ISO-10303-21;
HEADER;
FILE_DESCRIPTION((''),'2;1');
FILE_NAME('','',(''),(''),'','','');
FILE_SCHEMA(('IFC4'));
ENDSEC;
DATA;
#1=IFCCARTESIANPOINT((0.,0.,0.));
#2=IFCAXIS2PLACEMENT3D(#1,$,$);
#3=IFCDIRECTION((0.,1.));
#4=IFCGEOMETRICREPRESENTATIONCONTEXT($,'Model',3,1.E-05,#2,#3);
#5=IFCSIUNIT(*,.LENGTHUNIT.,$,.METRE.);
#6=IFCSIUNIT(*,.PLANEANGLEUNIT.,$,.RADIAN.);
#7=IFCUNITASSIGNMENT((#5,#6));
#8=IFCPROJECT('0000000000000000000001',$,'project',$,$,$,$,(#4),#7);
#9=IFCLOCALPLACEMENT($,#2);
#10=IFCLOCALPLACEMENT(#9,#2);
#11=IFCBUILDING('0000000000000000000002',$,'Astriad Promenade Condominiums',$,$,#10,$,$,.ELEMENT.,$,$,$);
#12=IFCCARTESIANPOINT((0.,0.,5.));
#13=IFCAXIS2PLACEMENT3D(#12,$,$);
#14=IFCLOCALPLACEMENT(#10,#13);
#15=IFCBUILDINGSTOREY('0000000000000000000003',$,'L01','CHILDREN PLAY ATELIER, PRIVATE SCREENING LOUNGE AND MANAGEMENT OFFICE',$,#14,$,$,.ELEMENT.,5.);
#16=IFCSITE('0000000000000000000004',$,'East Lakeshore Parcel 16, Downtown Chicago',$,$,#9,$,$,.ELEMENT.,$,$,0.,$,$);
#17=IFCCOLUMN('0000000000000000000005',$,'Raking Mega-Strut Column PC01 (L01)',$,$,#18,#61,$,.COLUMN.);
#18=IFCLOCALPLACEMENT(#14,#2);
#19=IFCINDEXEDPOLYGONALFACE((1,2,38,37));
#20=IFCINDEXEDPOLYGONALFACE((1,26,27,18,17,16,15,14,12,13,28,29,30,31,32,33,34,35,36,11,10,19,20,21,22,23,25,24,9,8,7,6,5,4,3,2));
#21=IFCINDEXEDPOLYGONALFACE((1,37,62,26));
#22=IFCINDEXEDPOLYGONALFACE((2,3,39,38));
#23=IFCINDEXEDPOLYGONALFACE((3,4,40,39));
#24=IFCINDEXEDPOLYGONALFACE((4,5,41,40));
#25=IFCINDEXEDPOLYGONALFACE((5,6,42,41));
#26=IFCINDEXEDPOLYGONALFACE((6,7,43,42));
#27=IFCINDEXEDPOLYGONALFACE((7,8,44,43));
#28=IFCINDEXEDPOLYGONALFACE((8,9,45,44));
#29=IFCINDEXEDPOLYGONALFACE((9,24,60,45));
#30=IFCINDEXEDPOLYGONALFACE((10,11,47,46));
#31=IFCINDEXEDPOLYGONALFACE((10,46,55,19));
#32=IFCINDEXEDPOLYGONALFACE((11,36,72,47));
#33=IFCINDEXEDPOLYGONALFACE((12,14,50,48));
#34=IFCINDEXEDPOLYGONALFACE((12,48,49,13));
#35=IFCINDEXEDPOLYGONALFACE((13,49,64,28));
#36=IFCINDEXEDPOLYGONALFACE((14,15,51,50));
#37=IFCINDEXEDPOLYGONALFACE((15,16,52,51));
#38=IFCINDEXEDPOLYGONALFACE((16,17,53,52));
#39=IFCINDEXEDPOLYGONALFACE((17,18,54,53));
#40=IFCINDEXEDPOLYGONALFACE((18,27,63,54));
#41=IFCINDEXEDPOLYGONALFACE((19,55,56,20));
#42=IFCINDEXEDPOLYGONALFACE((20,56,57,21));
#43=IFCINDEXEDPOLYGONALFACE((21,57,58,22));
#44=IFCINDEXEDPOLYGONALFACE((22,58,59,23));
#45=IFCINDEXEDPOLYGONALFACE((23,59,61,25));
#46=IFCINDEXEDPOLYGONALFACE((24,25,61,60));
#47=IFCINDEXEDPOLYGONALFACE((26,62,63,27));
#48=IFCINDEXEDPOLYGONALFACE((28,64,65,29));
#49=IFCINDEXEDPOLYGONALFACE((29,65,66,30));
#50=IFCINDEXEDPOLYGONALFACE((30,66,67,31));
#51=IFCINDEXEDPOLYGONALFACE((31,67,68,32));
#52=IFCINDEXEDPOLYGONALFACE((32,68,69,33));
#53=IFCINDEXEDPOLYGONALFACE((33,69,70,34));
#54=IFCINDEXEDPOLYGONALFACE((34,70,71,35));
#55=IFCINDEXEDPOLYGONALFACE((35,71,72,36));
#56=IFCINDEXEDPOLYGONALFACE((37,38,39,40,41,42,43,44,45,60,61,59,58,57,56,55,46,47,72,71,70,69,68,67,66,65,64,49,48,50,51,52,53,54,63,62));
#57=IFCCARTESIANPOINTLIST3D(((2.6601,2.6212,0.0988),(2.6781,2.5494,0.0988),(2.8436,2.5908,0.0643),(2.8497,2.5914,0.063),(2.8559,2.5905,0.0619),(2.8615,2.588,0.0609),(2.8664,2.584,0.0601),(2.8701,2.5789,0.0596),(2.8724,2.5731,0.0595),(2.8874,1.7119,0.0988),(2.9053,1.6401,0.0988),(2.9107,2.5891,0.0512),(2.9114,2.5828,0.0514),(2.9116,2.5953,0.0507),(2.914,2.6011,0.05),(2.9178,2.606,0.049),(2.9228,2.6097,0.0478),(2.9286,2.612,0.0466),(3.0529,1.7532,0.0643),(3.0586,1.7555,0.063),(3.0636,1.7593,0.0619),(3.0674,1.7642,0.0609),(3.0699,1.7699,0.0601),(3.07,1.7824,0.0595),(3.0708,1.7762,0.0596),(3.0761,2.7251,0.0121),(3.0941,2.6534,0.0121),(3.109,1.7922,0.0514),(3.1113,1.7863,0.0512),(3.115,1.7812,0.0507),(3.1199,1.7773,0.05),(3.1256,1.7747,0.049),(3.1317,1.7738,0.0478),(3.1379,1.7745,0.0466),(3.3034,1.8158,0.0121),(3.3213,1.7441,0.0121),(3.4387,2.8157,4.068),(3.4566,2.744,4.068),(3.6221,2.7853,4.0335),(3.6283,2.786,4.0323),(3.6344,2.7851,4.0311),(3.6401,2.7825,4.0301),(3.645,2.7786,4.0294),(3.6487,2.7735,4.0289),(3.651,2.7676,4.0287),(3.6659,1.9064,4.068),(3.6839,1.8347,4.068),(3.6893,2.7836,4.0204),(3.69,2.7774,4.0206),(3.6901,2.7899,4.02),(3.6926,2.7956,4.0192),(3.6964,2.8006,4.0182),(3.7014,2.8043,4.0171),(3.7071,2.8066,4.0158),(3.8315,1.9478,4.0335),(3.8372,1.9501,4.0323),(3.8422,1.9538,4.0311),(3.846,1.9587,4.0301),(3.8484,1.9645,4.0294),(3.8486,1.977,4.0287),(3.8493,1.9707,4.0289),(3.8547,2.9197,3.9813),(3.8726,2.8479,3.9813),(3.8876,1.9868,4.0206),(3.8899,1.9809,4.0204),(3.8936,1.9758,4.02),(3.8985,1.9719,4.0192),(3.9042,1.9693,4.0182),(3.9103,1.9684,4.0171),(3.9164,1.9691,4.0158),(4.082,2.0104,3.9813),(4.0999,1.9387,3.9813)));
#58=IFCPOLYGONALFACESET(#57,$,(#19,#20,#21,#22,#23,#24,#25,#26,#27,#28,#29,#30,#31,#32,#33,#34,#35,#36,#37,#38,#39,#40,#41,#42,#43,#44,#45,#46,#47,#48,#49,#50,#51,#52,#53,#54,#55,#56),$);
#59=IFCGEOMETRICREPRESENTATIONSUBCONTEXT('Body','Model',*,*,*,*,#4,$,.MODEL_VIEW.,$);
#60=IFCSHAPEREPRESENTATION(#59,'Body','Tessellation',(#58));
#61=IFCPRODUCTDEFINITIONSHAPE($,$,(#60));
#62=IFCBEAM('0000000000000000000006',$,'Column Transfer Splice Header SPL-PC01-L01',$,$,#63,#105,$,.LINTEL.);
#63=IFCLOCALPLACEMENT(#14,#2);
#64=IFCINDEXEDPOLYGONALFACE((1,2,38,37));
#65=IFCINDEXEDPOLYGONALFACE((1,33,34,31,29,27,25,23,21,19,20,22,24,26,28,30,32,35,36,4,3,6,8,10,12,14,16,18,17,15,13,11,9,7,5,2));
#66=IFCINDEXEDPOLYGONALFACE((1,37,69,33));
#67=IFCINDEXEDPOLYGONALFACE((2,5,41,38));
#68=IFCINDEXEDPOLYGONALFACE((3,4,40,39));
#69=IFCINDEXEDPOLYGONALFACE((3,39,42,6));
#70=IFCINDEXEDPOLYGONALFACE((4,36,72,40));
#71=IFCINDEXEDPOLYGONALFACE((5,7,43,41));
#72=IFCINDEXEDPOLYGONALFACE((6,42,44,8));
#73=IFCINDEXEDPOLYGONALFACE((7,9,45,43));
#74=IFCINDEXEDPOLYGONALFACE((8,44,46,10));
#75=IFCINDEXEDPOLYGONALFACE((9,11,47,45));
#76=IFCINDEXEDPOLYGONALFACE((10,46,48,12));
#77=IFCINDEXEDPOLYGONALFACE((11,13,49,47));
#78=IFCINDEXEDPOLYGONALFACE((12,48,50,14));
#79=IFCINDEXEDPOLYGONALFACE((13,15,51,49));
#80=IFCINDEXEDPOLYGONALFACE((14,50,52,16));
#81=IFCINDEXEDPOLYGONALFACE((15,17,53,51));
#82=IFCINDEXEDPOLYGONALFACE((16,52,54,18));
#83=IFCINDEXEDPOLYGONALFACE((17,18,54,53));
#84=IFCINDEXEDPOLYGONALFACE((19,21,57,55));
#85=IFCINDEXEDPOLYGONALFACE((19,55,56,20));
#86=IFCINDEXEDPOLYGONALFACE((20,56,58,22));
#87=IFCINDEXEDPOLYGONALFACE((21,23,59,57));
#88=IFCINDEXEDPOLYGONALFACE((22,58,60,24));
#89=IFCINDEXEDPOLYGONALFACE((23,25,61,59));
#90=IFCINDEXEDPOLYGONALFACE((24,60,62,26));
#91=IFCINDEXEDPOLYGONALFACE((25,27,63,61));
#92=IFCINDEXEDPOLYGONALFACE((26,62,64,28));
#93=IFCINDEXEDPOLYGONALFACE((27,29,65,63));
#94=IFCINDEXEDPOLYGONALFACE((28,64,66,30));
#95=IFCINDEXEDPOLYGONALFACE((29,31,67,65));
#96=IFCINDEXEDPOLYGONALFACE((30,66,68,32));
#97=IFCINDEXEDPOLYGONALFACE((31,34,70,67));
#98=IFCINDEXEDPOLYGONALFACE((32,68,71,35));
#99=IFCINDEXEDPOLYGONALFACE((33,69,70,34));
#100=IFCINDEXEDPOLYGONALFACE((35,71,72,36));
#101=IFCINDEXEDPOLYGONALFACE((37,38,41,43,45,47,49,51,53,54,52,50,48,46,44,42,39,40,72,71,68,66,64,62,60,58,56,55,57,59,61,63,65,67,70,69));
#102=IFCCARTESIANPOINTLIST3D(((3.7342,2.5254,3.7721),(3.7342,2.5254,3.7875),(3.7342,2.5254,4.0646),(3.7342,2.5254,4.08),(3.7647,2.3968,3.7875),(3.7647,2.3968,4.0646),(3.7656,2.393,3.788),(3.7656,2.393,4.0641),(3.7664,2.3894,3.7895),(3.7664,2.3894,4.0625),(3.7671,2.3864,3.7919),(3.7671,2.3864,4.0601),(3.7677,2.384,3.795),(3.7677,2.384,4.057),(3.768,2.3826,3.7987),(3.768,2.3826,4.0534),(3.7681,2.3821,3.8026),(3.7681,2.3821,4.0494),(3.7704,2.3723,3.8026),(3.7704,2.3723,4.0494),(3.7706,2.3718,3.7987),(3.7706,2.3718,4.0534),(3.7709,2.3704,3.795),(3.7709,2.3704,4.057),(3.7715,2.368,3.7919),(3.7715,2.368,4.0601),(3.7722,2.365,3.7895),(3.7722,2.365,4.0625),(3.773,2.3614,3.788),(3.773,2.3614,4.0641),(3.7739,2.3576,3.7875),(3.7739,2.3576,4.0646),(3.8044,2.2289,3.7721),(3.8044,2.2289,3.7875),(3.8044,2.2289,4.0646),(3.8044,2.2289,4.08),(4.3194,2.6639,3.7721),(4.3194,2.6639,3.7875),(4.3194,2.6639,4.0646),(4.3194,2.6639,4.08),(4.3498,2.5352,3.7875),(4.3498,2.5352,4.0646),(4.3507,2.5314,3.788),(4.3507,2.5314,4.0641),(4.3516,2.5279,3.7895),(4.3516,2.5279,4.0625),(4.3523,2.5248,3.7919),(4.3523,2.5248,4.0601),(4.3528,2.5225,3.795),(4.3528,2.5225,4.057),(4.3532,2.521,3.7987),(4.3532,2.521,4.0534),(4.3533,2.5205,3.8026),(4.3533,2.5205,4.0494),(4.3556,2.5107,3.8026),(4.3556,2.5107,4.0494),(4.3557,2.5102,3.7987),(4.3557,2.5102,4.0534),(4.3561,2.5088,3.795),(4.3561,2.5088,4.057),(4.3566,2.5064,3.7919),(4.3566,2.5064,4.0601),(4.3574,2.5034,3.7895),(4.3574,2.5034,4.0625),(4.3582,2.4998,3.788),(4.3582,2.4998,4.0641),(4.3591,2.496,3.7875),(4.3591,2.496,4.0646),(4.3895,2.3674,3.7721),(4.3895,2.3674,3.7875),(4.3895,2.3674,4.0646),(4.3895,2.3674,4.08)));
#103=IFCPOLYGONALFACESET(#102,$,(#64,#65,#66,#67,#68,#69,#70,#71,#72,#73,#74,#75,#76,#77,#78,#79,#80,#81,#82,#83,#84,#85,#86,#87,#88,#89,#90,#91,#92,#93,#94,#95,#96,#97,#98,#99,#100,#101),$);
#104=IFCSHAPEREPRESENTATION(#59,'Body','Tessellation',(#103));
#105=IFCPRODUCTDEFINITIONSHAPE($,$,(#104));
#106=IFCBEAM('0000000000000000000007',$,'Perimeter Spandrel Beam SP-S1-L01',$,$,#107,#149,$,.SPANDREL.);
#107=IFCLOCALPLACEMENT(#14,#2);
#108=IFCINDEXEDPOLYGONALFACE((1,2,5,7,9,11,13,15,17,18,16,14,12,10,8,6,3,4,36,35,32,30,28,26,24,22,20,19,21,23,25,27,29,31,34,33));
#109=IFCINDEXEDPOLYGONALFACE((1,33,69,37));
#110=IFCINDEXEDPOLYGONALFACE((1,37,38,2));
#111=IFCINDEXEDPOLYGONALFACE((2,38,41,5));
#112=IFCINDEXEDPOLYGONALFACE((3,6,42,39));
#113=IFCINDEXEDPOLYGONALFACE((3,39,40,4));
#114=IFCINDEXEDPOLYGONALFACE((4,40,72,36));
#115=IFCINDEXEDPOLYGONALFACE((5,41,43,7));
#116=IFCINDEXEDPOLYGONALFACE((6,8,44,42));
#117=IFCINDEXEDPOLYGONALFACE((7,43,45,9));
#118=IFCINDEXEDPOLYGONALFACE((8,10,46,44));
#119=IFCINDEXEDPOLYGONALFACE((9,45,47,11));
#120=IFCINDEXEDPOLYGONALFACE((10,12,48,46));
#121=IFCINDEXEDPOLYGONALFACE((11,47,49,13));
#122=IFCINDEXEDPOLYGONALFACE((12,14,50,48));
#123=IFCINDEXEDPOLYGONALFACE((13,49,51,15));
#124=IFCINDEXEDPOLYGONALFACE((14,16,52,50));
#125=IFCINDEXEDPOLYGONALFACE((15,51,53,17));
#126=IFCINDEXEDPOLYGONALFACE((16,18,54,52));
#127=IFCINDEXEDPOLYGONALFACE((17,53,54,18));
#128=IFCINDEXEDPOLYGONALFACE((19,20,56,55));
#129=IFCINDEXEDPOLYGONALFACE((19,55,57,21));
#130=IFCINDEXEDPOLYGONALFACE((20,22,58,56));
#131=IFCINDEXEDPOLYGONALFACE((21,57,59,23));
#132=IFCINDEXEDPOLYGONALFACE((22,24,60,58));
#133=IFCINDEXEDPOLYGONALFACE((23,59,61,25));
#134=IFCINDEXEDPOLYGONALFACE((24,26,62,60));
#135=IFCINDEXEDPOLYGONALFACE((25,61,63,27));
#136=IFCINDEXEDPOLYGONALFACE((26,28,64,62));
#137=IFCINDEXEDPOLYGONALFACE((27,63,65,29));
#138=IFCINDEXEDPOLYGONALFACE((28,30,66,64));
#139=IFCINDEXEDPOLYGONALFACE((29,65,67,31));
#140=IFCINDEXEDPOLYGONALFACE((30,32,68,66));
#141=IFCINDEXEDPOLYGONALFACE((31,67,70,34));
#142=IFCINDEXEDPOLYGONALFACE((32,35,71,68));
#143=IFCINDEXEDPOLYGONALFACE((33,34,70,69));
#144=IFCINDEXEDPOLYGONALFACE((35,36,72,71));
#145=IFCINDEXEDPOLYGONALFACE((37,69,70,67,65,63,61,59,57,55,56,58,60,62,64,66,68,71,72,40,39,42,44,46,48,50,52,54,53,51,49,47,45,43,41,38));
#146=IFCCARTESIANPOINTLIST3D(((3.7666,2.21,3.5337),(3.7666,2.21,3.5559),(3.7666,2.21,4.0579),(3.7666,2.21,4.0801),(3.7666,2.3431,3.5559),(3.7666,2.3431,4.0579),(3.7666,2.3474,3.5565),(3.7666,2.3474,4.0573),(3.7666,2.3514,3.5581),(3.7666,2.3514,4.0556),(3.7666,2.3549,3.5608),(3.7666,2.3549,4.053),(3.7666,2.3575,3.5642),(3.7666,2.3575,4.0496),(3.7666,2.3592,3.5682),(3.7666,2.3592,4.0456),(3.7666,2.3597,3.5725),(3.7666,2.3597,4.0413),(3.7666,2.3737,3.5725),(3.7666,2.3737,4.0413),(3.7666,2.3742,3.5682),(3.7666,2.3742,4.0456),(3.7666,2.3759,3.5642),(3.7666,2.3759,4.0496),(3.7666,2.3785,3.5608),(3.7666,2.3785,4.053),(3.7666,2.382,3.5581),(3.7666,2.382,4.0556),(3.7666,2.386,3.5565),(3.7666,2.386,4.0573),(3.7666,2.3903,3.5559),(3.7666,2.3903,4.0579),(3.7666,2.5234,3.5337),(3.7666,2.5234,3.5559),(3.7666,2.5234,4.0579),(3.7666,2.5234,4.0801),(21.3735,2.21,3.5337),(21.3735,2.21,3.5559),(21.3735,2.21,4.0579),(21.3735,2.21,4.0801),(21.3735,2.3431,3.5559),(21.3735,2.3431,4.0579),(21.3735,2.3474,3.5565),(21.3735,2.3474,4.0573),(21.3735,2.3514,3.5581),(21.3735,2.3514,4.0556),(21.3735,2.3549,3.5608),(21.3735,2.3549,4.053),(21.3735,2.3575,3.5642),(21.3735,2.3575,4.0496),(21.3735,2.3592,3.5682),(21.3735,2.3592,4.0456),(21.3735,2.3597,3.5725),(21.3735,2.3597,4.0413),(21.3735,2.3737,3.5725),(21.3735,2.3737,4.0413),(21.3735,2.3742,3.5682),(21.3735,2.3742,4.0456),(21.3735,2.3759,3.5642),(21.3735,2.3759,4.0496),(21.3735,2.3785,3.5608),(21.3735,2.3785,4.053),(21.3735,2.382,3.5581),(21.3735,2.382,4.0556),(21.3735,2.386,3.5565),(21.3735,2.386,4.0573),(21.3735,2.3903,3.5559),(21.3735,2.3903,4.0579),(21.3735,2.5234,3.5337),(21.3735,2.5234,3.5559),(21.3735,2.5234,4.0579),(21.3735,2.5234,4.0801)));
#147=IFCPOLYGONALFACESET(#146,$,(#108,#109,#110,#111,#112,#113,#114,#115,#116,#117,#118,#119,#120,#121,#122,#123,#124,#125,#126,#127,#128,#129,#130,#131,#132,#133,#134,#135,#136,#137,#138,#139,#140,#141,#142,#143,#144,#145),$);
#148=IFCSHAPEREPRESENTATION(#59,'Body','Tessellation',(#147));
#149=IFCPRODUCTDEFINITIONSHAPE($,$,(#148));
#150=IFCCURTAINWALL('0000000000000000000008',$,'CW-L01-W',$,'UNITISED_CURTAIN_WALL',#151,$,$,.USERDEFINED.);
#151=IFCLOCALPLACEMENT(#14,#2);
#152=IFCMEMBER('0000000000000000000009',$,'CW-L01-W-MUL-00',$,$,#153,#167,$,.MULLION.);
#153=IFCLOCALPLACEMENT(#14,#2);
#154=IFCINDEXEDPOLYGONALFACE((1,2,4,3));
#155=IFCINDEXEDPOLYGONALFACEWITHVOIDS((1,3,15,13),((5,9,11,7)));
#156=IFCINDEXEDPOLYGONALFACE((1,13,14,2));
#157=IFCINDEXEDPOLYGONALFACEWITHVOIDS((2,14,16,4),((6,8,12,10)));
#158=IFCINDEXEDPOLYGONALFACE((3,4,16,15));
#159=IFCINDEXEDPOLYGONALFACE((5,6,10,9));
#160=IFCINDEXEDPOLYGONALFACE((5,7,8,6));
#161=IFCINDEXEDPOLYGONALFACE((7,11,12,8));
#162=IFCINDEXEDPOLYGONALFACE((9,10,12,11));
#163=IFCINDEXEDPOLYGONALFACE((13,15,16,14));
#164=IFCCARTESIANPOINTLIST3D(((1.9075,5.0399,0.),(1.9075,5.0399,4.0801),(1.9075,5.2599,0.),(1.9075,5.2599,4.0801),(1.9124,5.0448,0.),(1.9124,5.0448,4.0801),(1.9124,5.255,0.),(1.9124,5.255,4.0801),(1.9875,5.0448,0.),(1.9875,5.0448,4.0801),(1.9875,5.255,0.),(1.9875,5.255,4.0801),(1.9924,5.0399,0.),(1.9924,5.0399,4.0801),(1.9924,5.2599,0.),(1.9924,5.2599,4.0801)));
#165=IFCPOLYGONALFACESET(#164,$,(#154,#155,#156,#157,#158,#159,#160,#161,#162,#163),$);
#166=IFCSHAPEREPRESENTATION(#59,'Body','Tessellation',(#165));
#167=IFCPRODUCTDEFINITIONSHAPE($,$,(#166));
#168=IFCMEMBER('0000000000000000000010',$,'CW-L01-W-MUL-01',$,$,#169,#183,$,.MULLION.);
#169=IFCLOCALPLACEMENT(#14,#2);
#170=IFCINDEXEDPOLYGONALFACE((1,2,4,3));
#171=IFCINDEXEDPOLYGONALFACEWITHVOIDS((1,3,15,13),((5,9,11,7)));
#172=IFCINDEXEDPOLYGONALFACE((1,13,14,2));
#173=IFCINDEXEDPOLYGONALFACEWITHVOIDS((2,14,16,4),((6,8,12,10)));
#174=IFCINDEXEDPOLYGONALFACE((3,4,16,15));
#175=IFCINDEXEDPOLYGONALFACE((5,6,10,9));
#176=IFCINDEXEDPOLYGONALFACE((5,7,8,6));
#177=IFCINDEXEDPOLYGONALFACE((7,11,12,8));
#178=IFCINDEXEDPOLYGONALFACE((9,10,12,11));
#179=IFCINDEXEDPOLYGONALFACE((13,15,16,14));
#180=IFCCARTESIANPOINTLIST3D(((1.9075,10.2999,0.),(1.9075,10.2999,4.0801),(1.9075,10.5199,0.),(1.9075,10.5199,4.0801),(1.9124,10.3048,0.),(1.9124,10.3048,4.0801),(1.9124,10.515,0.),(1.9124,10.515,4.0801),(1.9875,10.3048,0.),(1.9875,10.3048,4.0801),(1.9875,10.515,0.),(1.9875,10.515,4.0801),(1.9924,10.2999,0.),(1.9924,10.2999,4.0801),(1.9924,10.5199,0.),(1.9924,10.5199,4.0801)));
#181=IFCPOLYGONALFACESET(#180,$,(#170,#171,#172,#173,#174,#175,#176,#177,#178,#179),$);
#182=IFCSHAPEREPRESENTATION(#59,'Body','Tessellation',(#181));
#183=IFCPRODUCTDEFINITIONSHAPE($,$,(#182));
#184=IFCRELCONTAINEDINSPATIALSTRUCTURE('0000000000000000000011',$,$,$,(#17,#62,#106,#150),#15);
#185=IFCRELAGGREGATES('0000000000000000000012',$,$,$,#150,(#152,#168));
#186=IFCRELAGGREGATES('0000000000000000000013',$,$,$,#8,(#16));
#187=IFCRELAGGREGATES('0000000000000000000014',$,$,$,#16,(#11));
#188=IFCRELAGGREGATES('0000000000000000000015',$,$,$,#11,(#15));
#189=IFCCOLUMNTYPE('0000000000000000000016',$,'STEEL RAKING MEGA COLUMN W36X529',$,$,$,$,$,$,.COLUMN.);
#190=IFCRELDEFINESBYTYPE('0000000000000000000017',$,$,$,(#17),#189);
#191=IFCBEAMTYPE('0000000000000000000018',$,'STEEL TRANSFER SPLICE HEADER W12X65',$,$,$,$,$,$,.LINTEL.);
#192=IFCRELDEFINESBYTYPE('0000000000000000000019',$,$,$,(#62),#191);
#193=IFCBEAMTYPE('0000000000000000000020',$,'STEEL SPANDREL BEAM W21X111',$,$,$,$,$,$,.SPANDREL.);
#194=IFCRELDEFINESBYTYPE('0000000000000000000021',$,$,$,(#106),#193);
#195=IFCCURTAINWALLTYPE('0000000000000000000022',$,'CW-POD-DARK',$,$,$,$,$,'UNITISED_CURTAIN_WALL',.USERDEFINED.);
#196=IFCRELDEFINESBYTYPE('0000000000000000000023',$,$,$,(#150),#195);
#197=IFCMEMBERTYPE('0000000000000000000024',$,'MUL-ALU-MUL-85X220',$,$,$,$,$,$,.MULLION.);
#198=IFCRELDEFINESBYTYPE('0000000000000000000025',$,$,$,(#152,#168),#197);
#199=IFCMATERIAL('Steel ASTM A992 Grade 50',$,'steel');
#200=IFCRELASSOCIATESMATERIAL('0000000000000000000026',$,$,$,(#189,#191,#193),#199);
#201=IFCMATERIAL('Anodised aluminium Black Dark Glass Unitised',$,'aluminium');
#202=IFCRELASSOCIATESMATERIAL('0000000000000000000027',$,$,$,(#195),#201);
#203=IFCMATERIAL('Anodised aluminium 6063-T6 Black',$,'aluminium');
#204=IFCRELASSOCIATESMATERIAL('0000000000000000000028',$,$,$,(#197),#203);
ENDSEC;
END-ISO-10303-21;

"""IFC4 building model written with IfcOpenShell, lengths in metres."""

from ifc_helpers import new_model, si_unit, direction, frame, origin, origin_2d, place, context, subcontext, project, spatial, hollow_rectangle, i_section, extrude, source, transform, mapped, material, material_profile, profile_set, type_object, type_shapes, element, aggregate, save


model = new_model("IFC4")

# Units and contexts
model_context = context("Model", 3, precision=1e-05, world=origin(), true_north=direction((0.0, 1.0)))
body_context = subcontext(model_context, "Body", "Model", "MODEL_VIEW")
ifc_project = project(units=[si_unit("LENGTHUNIT", "METRE"), si_unit("PLANEANGLEUNIT", "RADIAN")], contexts=[model_context])

# Site, building, storey
site_placement = place(None, origin())
site = spatial("IfcSite", under=ifc_project, at=site_placement, Name="East Lakeshore Parcel 16, Downtown Chicago", CompositionType="ELEMENT", RefElevation=0.0)
building_placement = place(site_placement, origin())
building = spatial("IfcBuilding", under=site, at=building_placement, Name="Astriad Promenade Condominiums", CompositionType="ELEMENT")
storey_placement = place(building_placement, frame((0.0, 0.0, 5.0)))
storey = spatial("IfcBuildingStorey", under=building, at=storey_placement, Name="L01", Description="CHILDREN PLAY ATELIER, PRIVATE SCREENING LOUNGE AND MANAGEMENT OFFICE", CompositionType="ELEMENT", Elevation=5.0)

# Column
ifc_material_1 = material(Name="Steel ASTM A992 Grade 50", Category="steel")
ifc_material_profile_1 = material_profile(ifc_material_1, i_section(OverallWidth=0.4375, OverallDepth=1.0112, WebThickness=0.041, FlangeThickness=0.074, FilletRadius=0.0242, at=origin_2d()), Name="W36X529")
ifc_profile_set_1 = profile_set([ifc_material_profile_1], Name="Steel ASTM A992 Grade 50")
column_type = type_object("IfcColumnType", Name="STEEL RAKING MEGA COLUMN W36X529", PredefinedType="COLUMN", material=ifc_profile_set_1)
shared_shape_1 = source(origin(), body_context, "Body", "SweptSolid", [
    extrude(i_section(OverallWidth=0.4375, OverallDepth=1.0112, WebThickness=0.041, FlangeThickness=0.074, FilletRadius=0.0242, at=origin_2d()), origin(), (0.0, 0.0, 1.0), 4.0496),
])
type_shapes(column_type, [shared_shape_1])
column_placement = place(storey_placement, frame((2.9907, 2.1826, 0.0554), z_axis=(0.192259, 0.04805, 0.980167), x_axis=(-0.950919, -0.237655, 0.198173)))
element("IfcColumn", 1, at=column_placement, inside=storey, type_object=column_type, Name="Raking Mega-Strut Column PC01 (L01)", PredefinedType="COLUMN", context=body_context, shape_type="MappedRepresentation", body=[
    mapped(shared_shape_1, transform((0.0, 0.0, 0.0), scale=1.0)),
])

# Beams
ifc_material_profile_2 = material_profile(ifc_material_1, i_section(OverallWidth=0.3047, OverallDepth=0.3079, WebThickness=0.01, FlangeThickness=0.0154, FilletRadius=0.0151, at=origin_2d()), Name="W12X65")
ifc_profile_set_2 = profile_set([ifc_material_profile_2], Name="Steel ASTM A992 Grade 50")
beam_type_1 = type_object("IfcBeamType", Name="STEEL TRANSFER SPLICE HEADER W12X65", PredefinedType="LINTEL", material=ifc_profile_set_2)
shared_shape_2 = source(origin(), body_context, "Body", "SweptSolid", [
    extrude(i_section(OverallWidth=0.3047, OverallDepth=0.3079, WebThickness=0.01, FlangeThickness=0.0154, FilletRadius=0.0151, at=origin_2d()), origin(), (0.0, 0.0, 1.0), 0.6013),
])
type_shapes(beam_type_1, [shared_shape_2])
beam_1_placement = place(storey_placement, frame((3.7693, 2.3772, 3.926), z_axis=(0.973145, 0.230193, 0.0), x_axis=(-0.230193, 0.973145, 0.0)))
element("IfcBeam", 2, at=beam_1_placement, inside=storey, type_object=beam_type_1, Name="Column Transfer Splice Header SPL-PC01-L01", PredefinedType="LINTEL", context=body_context, shape_type="MappedRepresentation", body=[
    mapped(shared_shape_2, transform((0.0, 0.0, 0.0), scale=1.0)),
])
ifc_material_profile_3 = material_profile(ifc_material_1, i_section(OverallWidth=0.3135, OverallDepth=0.5464, WebThickness=0.0139, FlangeThickness=0.0222, FilletRadius=0.0166, at=origin_2d()), Name="W21X111")
ifc_profile_set_3 = profile_set([ifc_material_profile_3], Name="Steel ASTM A992 Grade 50")
beam_type_2 = type_object("IfcBeamType", Name="STEEL SPANDREL BEAM W21X111", PredefinedType="SPANDREL", material=ifc_profile_set_3)
shared_shape_3 = source(origin(), body_context, "Body", "SweptSolid", [
    extrude(i_section(OverallWidth=0.3135, OverallDepth=0.5464, WebThickness=0.0139, FlangeThickness=0.0222, FilletRadius=0.0166, at=origin_2d()), origin(), (0.0, 0.0, 1.0), 17.6069),
])
type_shapes(beam_type_2, [shared_shape_3])
beam_2_placement = place(storey_placement, frame((3.7666, 2.3667, 3.8069), z_axis=(1.0, 0.0, 0.0), x_axis=(0.0, 1.0, 0.0)))
element("IfcBeam", 3, at=beam_2_placement, inside=storey, type_object=beam_type_2, Name="Perimeter Spandrel Beam SP-S1-L01", PredefinedType="SPANDREL", context=body_context, shape_type="MappedRepresentation", body=[
    mapped(shared_shape_3, transform((0.0, 0.0, 0.0), scale=1.0)),
])

# Curtain wall, members
ifc_material_2 = material(Name="Anodised aluminium Black Dark Glass Unitised", Category="aluminium")
curtain_wall_type = type_object("IfcCurtainWallType", Name="CW-POD-DARK", ElementType="UNITISED_CURTAIN_WALL", PredefinedType="USERDEFINED", material=ifc_material_2)
curtain_wall_placement = place(storey_placement, origin())
curtain_wall = element("IfcCurtainWall", 4, at=curtain_wall_placement, inside=storey, type_object=curtain_wall_type, Name="CW-L01-W", ObjectType="UNITISED_CURTAIN_WALL", PredefinedType="USERDEFINED")
ifc_material_3 = material(Name="Anodised aluminium 6063-T6 Black", Category="aluminium")
ifc_material_profile_4 = material_profile(ifc_material_3, hollow_rectangle(XDim=0.085, YDim=0.22, WallThickness=0.0049, at=origin_2d()), Name="ALU-MUL-85X220")
ifc_profile_set_4 = profile_set([ifc_material_profile_4], Name="Anodised aluminium 6063-T6 Black")
member_type_1 = type_object("IfcMemberType", Name="MUL-ALU-MUL-85X220", PredefinedType="MULLION", material=ifc_profile_set_4)
shared_shape_4 = source(origin(), body_context, "Body", "SweptSolid", [
    extrude(hollow_rectangle(XDim=0.085, YDim=0.22, WallThickness=0.0049, at=origin_2d()), origin(), (0.0, 0.0, 1.0), 4.0801),
])
type_shapes(member_type_1, [shared_shape_4])
member_1_placement = place(storey_placement, frame((1.95, 5.1499, 0.0), z_axis=(0.0, 0.0, 1.0), x_axis=(1.0, 0.0, 0.0)))
member_1 = element("IfcMember", 5, at=member_1_placement, type_object=member_type_1, Name="CW-L01-W-MUL-00", PredefinedType="MULLION", context=body_context, shape_type="MappedRepresentation", body=[
    mapped(shared_shape_4, transform((0.0, 0.0, 0.0), scale=1.0)),
])
member_2_placement = place(storey_placement, frame((1.95, 10.4099, 0.0), z_axis=(0.0, 0.0, 1.0), x_axis=(1.0, 0.0, 0.0)))
member_2 = element("IfcMember", 6, at=member_2_placement, type_object=member_type_1, Name="CW-L01-W-MUL-01", PredefinedType="MULLION", context=body_context, shape_type="MappedRepresentation", body=[
    mapped(shared_shape_4, transform((0.0, 0.0, 0.0), scale=1.0)),
])

aggregate(curtain_wall, [member_1, member_2])

save(model, "model.ifc")
